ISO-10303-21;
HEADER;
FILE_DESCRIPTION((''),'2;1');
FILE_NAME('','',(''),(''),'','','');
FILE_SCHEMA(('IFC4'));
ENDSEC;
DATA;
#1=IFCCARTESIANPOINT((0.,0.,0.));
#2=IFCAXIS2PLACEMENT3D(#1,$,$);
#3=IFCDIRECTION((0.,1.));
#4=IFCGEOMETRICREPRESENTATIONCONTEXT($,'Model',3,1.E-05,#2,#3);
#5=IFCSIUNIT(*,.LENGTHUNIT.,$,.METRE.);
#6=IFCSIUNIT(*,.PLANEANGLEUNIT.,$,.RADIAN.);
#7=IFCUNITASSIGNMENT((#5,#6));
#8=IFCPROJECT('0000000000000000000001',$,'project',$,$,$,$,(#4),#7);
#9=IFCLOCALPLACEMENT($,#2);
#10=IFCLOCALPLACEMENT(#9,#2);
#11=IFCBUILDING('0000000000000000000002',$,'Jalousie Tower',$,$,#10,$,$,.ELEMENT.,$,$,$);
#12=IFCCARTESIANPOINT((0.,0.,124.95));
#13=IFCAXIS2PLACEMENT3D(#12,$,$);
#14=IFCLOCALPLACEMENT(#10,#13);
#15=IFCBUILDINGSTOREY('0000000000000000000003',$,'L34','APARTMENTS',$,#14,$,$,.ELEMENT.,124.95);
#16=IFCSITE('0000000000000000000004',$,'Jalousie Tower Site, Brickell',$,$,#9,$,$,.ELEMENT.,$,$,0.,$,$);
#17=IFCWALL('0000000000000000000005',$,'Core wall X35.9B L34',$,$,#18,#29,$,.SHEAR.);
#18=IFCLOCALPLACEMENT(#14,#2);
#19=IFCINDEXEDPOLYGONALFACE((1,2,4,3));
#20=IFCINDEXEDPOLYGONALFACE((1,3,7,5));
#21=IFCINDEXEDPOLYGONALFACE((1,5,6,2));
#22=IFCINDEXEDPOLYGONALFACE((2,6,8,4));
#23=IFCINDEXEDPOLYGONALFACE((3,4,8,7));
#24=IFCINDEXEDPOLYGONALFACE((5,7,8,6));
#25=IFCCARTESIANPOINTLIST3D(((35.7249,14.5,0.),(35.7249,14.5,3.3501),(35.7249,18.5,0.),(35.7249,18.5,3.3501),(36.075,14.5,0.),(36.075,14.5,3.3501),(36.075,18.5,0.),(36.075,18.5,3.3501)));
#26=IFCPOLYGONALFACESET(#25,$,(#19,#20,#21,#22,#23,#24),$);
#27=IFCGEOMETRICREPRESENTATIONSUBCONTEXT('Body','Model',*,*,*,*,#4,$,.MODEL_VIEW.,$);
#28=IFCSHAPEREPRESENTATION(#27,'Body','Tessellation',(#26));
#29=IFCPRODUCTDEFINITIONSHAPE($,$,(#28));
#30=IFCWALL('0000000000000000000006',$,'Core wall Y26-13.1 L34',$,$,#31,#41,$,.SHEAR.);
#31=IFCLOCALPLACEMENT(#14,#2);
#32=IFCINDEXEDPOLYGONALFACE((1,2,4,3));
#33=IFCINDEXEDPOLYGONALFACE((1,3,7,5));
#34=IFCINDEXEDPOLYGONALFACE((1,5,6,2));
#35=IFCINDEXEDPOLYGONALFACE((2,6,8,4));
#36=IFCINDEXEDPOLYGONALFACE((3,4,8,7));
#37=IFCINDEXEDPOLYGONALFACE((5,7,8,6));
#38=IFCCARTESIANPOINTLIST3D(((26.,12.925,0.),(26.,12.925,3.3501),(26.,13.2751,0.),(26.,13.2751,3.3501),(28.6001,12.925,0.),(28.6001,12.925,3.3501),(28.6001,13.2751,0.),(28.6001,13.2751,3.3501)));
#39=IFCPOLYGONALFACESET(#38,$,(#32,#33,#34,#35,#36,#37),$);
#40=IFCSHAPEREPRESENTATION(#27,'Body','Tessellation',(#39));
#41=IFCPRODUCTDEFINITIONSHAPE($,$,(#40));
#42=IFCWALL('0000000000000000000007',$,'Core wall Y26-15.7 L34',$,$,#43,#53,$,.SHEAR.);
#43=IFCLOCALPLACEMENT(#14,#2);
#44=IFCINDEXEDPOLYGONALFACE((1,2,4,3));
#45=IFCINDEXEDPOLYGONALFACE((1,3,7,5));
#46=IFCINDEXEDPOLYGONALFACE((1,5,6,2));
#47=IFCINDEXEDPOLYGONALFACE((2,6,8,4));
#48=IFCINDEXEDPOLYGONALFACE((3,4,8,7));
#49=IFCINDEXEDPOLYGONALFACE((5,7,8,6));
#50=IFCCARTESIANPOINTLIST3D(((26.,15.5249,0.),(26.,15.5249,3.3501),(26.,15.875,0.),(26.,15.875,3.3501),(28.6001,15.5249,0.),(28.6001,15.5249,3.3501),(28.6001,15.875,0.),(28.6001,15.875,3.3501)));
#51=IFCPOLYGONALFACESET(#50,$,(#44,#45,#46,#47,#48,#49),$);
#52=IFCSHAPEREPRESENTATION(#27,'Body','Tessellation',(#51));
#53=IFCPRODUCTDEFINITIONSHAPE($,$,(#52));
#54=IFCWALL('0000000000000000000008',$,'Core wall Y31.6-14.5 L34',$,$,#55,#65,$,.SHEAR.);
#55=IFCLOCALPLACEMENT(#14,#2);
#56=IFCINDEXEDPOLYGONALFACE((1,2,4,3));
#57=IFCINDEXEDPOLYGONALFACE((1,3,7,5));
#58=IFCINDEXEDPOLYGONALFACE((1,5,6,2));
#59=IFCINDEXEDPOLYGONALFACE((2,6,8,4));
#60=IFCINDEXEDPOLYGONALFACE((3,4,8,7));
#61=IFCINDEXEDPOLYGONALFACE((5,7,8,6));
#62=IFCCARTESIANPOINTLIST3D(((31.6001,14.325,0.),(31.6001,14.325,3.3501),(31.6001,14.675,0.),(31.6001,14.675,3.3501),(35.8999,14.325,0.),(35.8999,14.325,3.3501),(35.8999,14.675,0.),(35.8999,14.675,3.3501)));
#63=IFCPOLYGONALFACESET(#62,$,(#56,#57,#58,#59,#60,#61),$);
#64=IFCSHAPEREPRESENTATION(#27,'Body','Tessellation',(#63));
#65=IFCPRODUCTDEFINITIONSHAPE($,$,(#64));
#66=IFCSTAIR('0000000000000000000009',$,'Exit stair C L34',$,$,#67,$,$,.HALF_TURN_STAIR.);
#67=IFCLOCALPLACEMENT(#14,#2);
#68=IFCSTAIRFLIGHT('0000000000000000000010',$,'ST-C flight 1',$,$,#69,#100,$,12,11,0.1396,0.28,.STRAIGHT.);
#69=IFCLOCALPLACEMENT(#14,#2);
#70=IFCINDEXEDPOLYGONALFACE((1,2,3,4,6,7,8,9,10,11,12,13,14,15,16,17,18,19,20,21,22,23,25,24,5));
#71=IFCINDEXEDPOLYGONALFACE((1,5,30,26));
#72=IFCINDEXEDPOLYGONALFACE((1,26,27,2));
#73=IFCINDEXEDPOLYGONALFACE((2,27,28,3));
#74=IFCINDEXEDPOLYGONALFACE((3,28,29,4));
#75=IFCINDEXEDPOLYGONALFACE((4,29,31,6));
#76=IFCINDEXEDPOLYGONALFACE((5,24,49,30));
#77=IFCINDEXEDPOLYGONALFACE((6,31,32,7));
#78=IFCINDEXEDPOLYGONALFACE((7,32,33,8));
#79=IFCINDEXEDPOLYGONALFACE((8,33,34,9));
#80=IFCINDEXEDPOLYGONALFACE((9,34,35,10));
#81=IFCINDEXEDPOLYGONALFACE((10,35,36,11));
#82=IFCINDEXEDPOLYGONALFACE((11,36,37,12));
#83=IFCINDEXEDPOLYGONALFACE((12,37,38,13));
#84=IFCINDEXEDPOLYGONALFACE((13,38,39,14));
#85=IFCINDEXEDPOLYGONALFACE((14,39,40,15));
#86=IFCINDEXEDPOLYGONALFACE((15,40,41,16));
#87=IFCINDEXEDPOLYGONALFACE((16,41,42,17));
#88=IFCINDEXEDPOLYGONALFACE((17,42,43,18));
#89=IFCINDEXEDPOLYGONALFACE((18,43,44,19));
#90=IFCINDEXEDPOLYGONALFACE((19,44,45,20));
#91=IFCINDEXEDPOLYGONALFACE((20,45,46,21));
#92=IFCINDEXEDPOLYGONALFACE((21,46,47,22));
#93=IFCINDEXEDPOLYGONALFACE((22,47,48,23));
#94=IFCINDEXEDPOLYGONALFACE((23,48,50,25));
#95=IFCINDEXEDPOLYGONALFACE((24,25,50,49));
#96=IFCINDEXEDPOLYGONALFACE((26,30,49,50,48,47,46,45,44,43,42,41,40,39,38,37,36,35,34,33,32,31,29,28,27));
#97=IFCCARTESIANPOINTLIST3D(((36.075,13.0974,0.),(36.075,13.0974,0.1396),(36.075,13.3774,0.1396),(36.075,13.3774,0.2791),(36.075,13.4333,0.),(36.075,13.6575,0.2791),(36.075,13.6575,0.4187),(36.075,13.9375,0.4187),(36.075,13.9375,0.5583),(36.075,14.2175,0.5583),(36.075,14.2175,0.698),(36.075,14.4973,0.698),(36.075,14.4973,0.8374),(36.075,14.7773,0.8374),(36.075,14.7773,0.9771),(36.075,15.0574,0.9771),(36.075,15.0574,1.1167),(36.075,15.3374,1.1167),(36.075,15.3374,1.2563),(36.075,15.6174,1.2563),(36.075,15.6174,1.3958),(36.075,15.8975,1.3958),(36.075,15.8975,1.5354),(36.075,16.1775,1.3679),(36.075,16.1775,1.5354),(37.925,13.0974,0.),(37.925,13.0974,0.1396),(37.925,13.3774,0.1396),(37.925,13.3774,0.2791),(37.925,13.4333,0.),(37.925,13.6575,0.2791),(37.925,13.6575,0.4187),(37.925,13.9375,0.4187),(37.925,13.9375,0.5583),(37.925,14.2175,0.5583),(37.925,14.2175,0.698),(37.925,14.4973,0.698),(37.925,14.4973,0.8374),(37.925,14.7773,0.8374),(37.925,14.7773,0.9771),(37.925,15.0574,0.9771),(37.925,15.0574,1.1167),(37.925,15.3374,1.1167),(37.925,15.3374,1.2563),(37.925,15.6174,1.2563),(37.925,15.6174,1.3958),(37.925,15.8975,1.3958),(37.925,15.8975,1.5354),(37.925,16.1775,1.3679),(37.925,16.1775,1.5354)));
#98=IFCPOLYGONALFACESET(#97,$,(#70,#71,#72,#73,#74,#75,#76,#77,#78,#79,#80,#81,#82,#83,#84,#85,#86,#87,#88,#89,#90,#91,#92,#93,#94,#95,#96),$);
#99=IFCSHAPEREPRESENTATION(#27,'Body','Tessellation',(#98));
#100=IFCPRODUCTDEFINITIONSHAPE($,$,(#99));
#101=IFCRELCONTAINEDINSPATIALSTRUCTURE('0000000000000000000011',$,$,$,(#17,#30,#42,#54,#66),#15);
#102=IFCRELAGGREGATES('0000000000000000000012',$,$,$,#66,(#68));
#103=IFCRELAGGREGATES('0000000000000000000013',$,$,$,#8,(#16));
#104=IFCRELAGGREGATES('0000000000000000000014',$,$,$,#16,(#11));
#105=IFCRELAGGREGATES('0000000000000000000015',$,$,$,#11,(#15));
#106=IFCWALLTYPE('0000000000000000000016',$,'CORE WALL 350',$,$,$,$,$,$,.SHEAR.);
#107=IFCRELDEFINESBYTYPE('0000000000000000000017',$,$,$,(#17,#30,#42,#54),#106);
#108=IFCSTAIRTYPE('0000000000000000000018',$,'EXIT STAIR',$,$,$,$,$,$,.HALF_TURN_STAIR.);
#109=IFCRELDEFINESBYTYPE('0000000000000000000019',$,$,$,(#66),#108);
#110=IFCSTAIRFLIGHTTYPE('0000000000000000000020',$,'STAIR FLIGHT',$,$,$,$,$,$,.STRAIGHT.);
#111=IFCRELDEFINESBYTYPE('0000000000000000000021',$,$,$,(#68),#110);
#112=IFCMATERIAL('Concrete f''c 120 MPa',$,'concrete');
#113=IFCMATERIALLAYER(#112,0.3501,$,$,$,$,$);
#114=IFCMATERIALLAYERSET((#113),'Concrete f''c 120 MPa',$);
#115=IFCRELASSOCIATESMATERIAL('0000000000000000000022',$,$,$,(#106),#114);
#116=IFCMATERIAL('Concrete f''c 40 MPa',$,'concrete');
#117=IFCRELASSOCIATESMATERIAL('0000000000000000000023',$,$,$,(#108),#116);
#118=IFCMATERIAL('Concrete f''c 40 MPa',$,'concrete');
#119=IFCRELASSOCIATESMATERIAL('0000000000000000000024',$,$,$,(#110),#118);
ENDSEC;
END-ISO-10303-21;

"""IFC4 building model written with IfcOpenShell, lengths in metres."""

from ifc_helpers import new_model, si_unit, direction, frame, frame_2d, origin, place, context, subcontext, project, spatial, polyline, rectangle, outline, extrude, material, layer, layer_set, type_object, element, aggregate, save


model = new_model("IFC4")

# Units and contexts
model_context = context("Model", 3, precision=1e-05, world=origin(), true_north=direction((0.0, 1.0)))
body_context = subcontext(model_context, "Body", "Model", "MODEL_VIEW")
ifc_project = project(units=[si_unit("LENGTHUNIT", "METRE"), si_unit("PLANEANGLEUNIT", "RADIAN")], contexts=[model_context])

# Site, building, storey
site_placement = place(None, origin())
site = spatial("IfcSite", under=ifc_project, at=site_placement, Name="Jalousie Tower Site, Brickell", CompositionType="ELEMENT", RefElevation=0.0)
building_placement = place(site_placement, origin())
building = spatial("IfcBuilding", under=site, at=building_placement, Name="Jalousie Tower", CompositionType="ELEMENT")
storey_placement = place(building_placement, frame((0.0, 0.0, 124.95)))
storey = spatial("IfcBuildingStorey", under=building, at=storey_placement, Name="L34", Description="APARTMENTS", CompositionType="ELEMENT", Elevation=124.95)

# Shared definitions
ifc_material_1 = material(Name="Concrete f'c 120 MPa", Category="concrete")
ifc_layer = layer(ifc_material_1, 0.3501)
ifc_layer_set = layer_set([ifc_layer], Name="Concrete f'c 120 MPa")
wall_type = type_object("IfcWallType", Name="CORE WALL 350", PredefinedType="SHEAR", material=ifc_layer_set)

# Walls
wall_1_placement = place(storey_placement, frame((35.8999, 14.5, 0.0), z_axis=(0.0, 0.0, 1.0), x_axis=(0.0, 1.0, 0.0)))
element("IfcWall", 1, at=wall_1_placement, inside=storey, type_object=wall_type, Name="Core wall X35.9B L34", PredefinedType="SHEAR", context=body_context, shape_type="SweptSolid", body=[
    extrude(rectangle(XDim=4.0, YDim=0.3501, at=frame_2d((2.0, 0.0))), origin(), (0.0, 0.0, 1.0), 3.3501),
])
for number, where, z_axis, x_axis, name in (
    (2, (26.0, 13.1001, 0.0), (0.0, 0.0, 1.0), (1.0, 0.0, 0.0), "Core wall Y26-13.1 L34"),
    (3, (26.0, 15.7, 0.0), (0.0, 0.0, 1.0), (1.0, 0.0, 0.0), "Core wall Y26-15.7 L34"),
):
    element("IfcWall", number, at=place(storey_placement, frame(where, z_axis=z_axis, x_axis=x_axis)), inside=storey, type_object=wall_type, Name=name, PredefinedType="SHEAR", context=body_context, shape_type="SweptSolid", body=[
        extrude(rectangle(XDim=2.6001, YDim=0.3501, at=frame_2d((1.3, 0.0))), origin(), (0.0, 0.0, 1.0), 3.3501),
    ])
wall_2_placement = place(storey_placement, frame((31.6001, 14.5, 0.0), z_axis=(0.0, 0.0, 1.0), x_axis=(1.0, 0.0, 0.0)))
element("IfcWall", 4, at=wall_2_placement, inside=storey, type_object=wall_type, Name="Core wall Y31.6-14.5 L34", PredefinedType="SHEAR", context=body_context, shape_type="SweptSolid", body=[
    extrude(rectangle(XDim=4.2998, YDim=0.3501, at=frame_2d((2.1499, 0.0))), origin(), (0.0, 0.0, 1.0), 3.3501),
])

# Stair, stair flight
ifc_material_2 = material(Name="Concrete f'c 40 MPa", Category="concrete")
stair_type = type_object("IfcStairType", Name="EXIT STAIR", PredefinedType="HALF_TURN_STAIR", material=ifc_material_2)
stair_placement = place(storey_placement, origin())
stair = element("IfcStair", 5, at=stair_placement, inside=storey, type_object=stair_type, Name="Exit stair C L34", PredefinedType="HALF_TURN_STAIR")
ifc_material_3 = material(Name="Concrete f'c 40 MPa", Category="concrete")
stair_flight_type = type_object("IfcStairFlightType", Name="STAIR FLIGHT", PredefinedType="STRAIGHT", material=ifc_material_3)
stair_flight_placement = place(storey_placement, frame((37.0, 13.0974, 0.0), z_axis=(0.0, 0.0, 1.0), x_axis=(0.0, 1.0, 0.0)))
stair_flight = element("IfcStairFlight", 6, at=stair_flight_placement, type_object=stair_flight_type, Name="ST-C flight 1", NumberOfRisers=12, NumberOfTreads=11, PredefinedType="STRAIGHT", RiserHeight=0.1396, TreadLength=0.28, context=body_context, shape_type="SweptSolid", body=[
    extrude(outline(polyline([(0.0, 0.0), (0.0, 0.1396), (0.28, 0.1396), (0.28, 0.2791), (0.5601, 0.2791), (0.5601, 0.4187), (0.8401, 0.4187), (0.8401, 0.5583), (1.1201, 0.5583), (1.1201, 0.698), (1.3999, 0.698), (1.3999, 0.8374), (1.6799, 0.8374), (1.6799, 0.9771), (1.96, 0.9771), (1.96, 1.1167), (2.24, 1.1167), (2.24, 1.2563), (2.52, 1.2563), (2.52, 1.3958), (2.8, 1.3958), (2.8, 1.5354), (3.0801, 1.5354), (3.0801, 1.675), (3.0801, 1.3679), (0.3359, 0.0), (0.0, 0.0)])), frame((0.0, 0.925, 0.0), z_axis=(0.0, -1.0, 0.0), x_axis=(1.0, 0.0, 0.0)), (0.0, 0.0, 1.0), 1.8501),
])
aggregate(stair, [stair_flight])

save(model, "model.ifc")
